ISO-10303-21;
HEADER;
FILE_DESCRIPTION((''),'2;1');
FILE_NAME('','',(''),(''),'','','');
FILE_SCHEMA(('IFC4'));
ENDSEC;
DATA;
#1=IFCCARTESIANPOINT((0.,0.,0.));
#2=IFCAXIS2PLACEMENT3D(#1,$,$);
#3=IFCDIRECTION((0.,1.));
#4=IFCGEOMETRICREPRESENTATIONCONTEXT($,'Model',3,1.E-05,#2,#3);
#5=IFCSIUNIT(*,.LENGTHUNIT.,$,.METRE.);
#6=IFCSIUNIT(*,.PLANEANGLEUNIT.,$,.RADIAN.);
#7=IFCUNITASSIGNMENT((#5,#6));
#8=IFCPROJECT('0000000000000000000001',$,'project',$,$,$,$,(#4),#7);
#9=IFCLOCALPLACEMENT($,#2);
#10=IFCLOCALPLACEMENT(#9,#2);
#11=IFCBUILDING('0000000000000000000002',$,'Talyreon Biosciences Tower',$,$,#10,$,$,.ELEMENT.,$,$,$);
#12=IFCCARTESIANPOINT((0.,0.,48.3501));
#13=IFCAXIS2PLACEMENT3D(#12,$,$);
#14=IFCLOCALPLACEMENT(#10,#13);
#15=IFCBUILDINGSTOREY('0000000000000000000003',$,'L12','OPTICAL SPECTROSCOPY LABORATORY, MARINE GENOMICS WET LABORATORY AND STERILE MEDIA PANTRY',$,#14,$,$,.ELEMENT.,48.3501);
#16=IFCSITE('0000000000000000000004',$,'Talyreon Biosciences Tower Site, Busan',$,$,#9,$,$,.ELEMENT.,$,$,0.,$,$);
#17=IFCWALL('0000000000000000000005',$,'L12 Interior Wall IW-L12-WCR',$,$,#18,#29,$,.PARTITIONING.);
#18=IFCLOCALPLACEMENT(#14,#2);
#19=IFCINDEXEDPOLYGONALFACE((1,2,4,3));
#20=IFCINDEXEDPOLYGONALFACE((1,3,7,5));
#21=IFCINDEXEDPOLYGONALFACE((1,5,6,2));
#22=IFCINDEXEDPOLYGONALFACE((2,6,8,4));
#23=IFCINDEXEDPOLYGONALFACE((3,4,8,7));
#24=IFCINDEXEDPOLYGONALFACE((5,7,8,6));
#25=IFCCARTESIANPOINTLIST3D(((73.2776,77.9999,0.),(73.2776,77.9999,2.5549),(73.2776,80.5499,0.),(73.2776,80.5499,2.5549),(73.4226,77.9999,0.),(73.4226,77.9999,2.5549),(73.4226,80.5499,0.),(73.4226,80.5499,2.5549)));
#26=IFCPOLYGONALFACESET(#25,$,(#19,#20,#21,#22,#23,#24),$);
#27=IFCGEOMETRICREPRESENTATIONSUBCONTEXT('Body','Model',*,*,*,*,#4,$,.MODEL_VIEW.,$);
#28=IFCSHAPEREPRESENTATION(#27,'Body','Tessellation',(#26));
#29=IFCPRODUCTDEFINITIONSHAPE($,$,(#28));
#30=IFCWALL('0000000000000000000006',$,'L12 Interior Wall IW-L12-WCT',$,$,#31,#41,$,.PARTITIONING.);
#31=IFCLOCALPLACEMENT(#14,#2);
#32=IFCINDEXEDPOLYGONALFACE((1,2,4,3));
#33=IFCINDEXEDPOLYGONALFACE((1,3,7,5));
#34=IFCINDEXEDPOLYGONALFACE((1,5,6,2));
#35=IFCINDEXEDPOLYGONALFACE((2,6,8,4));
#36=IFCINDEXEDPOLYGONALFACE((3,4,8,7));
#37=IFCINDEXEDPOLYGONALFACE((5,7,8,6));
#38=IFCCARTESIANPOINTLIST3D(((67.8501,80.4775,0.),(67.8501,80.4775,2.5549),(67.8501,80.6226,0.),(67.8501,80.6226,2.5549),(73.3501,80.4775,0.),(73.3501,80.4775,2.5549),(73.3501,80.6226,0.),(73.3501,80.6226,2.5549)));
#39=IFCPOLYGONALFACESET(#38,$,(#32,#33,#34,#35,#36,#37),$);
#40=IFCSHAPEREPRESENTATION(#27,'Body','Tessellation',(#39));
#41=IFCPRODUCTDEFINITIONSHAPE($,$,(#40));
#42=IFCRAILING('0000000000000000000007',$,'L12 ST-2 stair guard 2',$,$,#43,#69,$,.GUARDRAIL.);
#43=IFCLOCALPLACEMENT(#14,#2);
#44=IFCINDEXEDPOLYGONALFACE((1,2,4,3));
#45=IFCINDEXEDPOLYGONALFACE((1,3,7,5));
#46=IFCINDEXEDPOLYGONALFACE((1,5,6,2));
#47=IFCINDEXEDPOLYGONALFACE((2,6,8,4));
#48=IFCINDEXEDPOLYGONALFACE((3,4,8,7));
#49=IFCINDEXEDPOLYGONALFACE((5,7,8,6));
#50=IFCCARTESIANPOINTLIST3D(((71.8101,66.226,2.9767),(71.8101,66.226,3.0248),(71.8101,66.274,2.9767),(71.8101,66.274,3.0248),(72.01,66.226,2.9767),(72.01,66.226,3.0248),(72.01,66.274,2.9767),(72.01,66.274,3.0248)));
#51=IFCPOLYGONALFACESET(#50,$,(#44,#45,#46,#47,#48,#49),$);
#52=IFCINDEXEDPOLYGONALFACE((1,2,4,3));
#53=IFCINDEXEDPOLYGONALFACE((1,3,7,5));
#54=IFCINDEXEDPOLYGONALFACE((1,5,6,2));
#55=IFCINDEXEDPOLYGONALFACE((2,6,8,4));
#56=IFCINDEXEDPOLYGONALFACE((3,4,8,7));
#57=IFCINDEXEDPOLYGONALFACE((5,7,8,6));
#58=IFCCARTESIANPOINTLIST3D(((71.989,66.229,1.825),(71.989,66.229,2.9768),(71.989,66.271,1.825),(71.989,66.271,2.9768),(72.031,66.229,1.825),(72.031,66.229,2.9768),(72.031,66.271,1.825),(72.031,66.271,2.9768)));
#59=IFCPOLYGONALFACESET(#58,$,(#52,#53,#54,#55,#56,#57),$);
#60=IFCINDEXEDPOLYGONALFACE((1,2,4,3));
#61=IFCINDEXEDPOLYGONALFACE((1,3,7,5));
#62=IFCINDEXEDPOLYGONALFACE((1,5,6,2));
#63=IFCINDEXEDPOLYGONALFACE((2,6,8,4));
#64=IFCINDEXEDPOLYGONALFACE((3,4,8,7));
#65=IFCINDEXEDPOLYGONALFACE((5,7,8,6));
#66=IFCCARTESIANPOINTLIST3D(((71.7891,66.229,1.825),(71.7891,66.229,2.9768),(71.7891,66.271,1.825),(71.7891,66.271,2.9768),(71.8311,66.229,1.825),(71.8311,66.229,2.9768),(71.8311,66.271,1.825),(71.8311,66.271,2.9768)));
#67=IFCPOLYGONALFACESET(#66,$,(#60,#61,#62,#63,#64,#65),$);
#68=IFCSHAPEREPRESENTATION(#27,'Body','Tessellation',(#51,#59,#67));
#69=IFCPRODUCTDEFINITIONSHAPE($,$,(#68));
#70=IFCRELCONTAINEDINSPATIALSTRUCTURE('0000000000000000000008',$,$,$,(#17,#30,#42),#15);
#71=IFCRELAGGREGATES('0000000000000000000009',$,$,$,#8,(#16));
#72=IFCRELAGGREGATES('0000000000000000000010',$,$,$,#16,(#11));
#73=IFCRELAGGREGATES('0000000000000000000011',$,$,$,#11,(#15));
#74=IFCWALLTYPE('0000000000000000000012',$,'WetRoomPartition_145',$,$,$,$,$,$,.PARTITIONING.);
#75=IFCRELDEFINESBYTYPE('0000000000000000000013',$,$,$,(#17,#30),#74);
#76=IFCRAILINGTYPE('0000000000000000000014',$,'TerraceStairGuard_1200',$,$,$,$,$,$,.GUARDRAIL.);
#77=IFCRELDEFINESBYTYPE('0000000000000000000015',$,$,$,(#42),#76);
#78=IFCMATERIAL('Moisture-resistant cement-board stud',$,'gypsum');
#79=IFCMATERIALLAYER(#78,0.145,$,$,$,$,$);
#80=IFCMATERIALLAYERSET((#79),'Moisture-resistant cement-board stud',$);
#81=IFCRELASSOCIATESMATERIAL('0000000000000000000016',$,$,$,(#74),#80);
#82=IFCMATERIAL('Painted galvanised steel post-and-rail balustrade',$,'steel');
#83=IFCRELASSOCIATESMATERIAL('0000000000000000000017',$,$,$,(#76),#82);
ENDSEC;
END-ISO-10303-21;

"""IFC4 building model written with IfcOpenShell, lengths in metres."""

from ifc_helpers import new_model, si_unit, direction, frame, frame_2d, origin, origin_2d, place, context, subcontext, project, spatial, rectangle, extrude, material, layer, layer_set, type_object, element, save


model = new_model("IFC4")

# Units and contexts
model_context = context("Model", 3, precision=1e-05, world=origin(), true_north=direction((0.0, 1.0)))
body_context = subcontext(model_context, "Body", "Model", "MODEL_VIEW")
ifc_project = project(units=[si_unit("LENGTHUNIT", "METRE"), si_unit("PLANEANGLEUNIT", "RADIAN")], contexts=[model_context])

# Site, building, storey
site_placement = place(None, origin())
site = spatial("IfcSite", under=ifc_project, at=site_placement, Name="Talyreon Biosciences Tower Site, Busan", CompositionType="ELEMENT", RefElevation=0.0)
building_placement = place(site_placement, origin())
building = spatial("IfcBuilding", under=site, at=building_placement, Name="Talyreon Biosciences Tower", CompositionType="ELEMENT")
storey_placement = place(building_placement, frame((0.0, 0.0, 48.3501)))
storey = spatial("IfcBuildingStorey", under=building, at=storey_placement, Name="L12", Description="OPTICAL SPECTROSCOPY LABORATORY, MARINE GENOMICS WET LABORATORY AND STERILE MEDIA PANTRY", CompositionType="ELEMENT", Elevation=48.3501)

# Walls
ifc_material_1 = material(Name="Moisture-resistant cement-board stud", Category="gypsum")
ifc_layer_1 = layer(ifc_material_1, 0.145)
ifc_layer_set_1 = layer_set([ifc_layer_1], Name="Moisture-resistant cement-board stud")
wall_type_1 = type_object("IfcWallType", Name="WetRoomPartition_145", PredefinedType="PARTITIONING", material=ifc_layer_set_1)
wall_1_placement = place(storey_placement, frame((73.3501, 78.0, 0.0), z_axis=(0.0, 0.0, 1.0), x_axis=(0.0, 1.0, 0.0)))
element("IfcWall", 1, at=wall_1_placement, inside=storey, type_object=wall_type_1, Name="L12 Interior Wall IW-L12-WCR", PredefinedType="PARTITIONING", context=body_context, shape_type="SweptSolid", body=[
    extrude(rectangle(XDim=2.55, YDim=0.145, at=frame_2d((1.2749, 0.0))), origin(), (0.0, 0.0, 1.0), 2.5549),
])
wall_2_placement = place(storey_placement, frame((67.8501, 80.55, 0.0), z_axis=(0.0, 0.0, 1.0), x_axis=(1.0, 0.0, 0.0)))
element("IfcWall", 2, at=wall_2_placement, inside=storey, type_object=wall_type_1, Name="L12 Interior Wall IW-L12-WCT", PredefinedType="PARTITIONING", context=body_context, shape_type="SweptSolid", body=[
    extrude(rectangle(XDim=5.5, YDim=0.145, at=frame_2d((2.75, 0.0))), origin(), (0.0, 0.0, 1.0), 2.5549),
])

# Railing
ifc_material_2 = material(Name="Painted galvanised steel post-and-rail balustrade", Category="steel")
railing_type = type_object("IfcRailingType", Name="TerraceStairGuard_1200", PredefinedType="GUARDRAIL", material=ifc_material_2)
railing_placement = place(storey_placement, frame((72.01, 66.25, 1.825)))
element("IfcRailing", 3, at=railing_placement, inside=storey, type_object=railing_type, Name="L12 ST-2 stair guard 2", PredefinedType="GUARDRAIL", context=body_context, shape_type="SweptSolid", body=[
    extrude(rectangle(XDim=0.0481, YDim=0.0481, at=origin_2d()), frame((0.0, 0.0, 1.1758), z_axis=(-1.0, 0.0, 0.0), x_axis=(0.0, -1.0, 0.0)), (0.0, 0.0, 1.0), 0.2),
    extrude(rectangle(XDim=0.042, YDim=0.042, at=origin_2d()), origin(), (0.0, 0.0, 1.0), 1.1519),
    extrude(rectangle(XDim=0.042, YDim=0.042, at=origin_2d()), frame((-0.2, 0.0, 0.0)), (0.0, 0.0, 1.0), 1.1519),
])

save(model, "model.ifc")
